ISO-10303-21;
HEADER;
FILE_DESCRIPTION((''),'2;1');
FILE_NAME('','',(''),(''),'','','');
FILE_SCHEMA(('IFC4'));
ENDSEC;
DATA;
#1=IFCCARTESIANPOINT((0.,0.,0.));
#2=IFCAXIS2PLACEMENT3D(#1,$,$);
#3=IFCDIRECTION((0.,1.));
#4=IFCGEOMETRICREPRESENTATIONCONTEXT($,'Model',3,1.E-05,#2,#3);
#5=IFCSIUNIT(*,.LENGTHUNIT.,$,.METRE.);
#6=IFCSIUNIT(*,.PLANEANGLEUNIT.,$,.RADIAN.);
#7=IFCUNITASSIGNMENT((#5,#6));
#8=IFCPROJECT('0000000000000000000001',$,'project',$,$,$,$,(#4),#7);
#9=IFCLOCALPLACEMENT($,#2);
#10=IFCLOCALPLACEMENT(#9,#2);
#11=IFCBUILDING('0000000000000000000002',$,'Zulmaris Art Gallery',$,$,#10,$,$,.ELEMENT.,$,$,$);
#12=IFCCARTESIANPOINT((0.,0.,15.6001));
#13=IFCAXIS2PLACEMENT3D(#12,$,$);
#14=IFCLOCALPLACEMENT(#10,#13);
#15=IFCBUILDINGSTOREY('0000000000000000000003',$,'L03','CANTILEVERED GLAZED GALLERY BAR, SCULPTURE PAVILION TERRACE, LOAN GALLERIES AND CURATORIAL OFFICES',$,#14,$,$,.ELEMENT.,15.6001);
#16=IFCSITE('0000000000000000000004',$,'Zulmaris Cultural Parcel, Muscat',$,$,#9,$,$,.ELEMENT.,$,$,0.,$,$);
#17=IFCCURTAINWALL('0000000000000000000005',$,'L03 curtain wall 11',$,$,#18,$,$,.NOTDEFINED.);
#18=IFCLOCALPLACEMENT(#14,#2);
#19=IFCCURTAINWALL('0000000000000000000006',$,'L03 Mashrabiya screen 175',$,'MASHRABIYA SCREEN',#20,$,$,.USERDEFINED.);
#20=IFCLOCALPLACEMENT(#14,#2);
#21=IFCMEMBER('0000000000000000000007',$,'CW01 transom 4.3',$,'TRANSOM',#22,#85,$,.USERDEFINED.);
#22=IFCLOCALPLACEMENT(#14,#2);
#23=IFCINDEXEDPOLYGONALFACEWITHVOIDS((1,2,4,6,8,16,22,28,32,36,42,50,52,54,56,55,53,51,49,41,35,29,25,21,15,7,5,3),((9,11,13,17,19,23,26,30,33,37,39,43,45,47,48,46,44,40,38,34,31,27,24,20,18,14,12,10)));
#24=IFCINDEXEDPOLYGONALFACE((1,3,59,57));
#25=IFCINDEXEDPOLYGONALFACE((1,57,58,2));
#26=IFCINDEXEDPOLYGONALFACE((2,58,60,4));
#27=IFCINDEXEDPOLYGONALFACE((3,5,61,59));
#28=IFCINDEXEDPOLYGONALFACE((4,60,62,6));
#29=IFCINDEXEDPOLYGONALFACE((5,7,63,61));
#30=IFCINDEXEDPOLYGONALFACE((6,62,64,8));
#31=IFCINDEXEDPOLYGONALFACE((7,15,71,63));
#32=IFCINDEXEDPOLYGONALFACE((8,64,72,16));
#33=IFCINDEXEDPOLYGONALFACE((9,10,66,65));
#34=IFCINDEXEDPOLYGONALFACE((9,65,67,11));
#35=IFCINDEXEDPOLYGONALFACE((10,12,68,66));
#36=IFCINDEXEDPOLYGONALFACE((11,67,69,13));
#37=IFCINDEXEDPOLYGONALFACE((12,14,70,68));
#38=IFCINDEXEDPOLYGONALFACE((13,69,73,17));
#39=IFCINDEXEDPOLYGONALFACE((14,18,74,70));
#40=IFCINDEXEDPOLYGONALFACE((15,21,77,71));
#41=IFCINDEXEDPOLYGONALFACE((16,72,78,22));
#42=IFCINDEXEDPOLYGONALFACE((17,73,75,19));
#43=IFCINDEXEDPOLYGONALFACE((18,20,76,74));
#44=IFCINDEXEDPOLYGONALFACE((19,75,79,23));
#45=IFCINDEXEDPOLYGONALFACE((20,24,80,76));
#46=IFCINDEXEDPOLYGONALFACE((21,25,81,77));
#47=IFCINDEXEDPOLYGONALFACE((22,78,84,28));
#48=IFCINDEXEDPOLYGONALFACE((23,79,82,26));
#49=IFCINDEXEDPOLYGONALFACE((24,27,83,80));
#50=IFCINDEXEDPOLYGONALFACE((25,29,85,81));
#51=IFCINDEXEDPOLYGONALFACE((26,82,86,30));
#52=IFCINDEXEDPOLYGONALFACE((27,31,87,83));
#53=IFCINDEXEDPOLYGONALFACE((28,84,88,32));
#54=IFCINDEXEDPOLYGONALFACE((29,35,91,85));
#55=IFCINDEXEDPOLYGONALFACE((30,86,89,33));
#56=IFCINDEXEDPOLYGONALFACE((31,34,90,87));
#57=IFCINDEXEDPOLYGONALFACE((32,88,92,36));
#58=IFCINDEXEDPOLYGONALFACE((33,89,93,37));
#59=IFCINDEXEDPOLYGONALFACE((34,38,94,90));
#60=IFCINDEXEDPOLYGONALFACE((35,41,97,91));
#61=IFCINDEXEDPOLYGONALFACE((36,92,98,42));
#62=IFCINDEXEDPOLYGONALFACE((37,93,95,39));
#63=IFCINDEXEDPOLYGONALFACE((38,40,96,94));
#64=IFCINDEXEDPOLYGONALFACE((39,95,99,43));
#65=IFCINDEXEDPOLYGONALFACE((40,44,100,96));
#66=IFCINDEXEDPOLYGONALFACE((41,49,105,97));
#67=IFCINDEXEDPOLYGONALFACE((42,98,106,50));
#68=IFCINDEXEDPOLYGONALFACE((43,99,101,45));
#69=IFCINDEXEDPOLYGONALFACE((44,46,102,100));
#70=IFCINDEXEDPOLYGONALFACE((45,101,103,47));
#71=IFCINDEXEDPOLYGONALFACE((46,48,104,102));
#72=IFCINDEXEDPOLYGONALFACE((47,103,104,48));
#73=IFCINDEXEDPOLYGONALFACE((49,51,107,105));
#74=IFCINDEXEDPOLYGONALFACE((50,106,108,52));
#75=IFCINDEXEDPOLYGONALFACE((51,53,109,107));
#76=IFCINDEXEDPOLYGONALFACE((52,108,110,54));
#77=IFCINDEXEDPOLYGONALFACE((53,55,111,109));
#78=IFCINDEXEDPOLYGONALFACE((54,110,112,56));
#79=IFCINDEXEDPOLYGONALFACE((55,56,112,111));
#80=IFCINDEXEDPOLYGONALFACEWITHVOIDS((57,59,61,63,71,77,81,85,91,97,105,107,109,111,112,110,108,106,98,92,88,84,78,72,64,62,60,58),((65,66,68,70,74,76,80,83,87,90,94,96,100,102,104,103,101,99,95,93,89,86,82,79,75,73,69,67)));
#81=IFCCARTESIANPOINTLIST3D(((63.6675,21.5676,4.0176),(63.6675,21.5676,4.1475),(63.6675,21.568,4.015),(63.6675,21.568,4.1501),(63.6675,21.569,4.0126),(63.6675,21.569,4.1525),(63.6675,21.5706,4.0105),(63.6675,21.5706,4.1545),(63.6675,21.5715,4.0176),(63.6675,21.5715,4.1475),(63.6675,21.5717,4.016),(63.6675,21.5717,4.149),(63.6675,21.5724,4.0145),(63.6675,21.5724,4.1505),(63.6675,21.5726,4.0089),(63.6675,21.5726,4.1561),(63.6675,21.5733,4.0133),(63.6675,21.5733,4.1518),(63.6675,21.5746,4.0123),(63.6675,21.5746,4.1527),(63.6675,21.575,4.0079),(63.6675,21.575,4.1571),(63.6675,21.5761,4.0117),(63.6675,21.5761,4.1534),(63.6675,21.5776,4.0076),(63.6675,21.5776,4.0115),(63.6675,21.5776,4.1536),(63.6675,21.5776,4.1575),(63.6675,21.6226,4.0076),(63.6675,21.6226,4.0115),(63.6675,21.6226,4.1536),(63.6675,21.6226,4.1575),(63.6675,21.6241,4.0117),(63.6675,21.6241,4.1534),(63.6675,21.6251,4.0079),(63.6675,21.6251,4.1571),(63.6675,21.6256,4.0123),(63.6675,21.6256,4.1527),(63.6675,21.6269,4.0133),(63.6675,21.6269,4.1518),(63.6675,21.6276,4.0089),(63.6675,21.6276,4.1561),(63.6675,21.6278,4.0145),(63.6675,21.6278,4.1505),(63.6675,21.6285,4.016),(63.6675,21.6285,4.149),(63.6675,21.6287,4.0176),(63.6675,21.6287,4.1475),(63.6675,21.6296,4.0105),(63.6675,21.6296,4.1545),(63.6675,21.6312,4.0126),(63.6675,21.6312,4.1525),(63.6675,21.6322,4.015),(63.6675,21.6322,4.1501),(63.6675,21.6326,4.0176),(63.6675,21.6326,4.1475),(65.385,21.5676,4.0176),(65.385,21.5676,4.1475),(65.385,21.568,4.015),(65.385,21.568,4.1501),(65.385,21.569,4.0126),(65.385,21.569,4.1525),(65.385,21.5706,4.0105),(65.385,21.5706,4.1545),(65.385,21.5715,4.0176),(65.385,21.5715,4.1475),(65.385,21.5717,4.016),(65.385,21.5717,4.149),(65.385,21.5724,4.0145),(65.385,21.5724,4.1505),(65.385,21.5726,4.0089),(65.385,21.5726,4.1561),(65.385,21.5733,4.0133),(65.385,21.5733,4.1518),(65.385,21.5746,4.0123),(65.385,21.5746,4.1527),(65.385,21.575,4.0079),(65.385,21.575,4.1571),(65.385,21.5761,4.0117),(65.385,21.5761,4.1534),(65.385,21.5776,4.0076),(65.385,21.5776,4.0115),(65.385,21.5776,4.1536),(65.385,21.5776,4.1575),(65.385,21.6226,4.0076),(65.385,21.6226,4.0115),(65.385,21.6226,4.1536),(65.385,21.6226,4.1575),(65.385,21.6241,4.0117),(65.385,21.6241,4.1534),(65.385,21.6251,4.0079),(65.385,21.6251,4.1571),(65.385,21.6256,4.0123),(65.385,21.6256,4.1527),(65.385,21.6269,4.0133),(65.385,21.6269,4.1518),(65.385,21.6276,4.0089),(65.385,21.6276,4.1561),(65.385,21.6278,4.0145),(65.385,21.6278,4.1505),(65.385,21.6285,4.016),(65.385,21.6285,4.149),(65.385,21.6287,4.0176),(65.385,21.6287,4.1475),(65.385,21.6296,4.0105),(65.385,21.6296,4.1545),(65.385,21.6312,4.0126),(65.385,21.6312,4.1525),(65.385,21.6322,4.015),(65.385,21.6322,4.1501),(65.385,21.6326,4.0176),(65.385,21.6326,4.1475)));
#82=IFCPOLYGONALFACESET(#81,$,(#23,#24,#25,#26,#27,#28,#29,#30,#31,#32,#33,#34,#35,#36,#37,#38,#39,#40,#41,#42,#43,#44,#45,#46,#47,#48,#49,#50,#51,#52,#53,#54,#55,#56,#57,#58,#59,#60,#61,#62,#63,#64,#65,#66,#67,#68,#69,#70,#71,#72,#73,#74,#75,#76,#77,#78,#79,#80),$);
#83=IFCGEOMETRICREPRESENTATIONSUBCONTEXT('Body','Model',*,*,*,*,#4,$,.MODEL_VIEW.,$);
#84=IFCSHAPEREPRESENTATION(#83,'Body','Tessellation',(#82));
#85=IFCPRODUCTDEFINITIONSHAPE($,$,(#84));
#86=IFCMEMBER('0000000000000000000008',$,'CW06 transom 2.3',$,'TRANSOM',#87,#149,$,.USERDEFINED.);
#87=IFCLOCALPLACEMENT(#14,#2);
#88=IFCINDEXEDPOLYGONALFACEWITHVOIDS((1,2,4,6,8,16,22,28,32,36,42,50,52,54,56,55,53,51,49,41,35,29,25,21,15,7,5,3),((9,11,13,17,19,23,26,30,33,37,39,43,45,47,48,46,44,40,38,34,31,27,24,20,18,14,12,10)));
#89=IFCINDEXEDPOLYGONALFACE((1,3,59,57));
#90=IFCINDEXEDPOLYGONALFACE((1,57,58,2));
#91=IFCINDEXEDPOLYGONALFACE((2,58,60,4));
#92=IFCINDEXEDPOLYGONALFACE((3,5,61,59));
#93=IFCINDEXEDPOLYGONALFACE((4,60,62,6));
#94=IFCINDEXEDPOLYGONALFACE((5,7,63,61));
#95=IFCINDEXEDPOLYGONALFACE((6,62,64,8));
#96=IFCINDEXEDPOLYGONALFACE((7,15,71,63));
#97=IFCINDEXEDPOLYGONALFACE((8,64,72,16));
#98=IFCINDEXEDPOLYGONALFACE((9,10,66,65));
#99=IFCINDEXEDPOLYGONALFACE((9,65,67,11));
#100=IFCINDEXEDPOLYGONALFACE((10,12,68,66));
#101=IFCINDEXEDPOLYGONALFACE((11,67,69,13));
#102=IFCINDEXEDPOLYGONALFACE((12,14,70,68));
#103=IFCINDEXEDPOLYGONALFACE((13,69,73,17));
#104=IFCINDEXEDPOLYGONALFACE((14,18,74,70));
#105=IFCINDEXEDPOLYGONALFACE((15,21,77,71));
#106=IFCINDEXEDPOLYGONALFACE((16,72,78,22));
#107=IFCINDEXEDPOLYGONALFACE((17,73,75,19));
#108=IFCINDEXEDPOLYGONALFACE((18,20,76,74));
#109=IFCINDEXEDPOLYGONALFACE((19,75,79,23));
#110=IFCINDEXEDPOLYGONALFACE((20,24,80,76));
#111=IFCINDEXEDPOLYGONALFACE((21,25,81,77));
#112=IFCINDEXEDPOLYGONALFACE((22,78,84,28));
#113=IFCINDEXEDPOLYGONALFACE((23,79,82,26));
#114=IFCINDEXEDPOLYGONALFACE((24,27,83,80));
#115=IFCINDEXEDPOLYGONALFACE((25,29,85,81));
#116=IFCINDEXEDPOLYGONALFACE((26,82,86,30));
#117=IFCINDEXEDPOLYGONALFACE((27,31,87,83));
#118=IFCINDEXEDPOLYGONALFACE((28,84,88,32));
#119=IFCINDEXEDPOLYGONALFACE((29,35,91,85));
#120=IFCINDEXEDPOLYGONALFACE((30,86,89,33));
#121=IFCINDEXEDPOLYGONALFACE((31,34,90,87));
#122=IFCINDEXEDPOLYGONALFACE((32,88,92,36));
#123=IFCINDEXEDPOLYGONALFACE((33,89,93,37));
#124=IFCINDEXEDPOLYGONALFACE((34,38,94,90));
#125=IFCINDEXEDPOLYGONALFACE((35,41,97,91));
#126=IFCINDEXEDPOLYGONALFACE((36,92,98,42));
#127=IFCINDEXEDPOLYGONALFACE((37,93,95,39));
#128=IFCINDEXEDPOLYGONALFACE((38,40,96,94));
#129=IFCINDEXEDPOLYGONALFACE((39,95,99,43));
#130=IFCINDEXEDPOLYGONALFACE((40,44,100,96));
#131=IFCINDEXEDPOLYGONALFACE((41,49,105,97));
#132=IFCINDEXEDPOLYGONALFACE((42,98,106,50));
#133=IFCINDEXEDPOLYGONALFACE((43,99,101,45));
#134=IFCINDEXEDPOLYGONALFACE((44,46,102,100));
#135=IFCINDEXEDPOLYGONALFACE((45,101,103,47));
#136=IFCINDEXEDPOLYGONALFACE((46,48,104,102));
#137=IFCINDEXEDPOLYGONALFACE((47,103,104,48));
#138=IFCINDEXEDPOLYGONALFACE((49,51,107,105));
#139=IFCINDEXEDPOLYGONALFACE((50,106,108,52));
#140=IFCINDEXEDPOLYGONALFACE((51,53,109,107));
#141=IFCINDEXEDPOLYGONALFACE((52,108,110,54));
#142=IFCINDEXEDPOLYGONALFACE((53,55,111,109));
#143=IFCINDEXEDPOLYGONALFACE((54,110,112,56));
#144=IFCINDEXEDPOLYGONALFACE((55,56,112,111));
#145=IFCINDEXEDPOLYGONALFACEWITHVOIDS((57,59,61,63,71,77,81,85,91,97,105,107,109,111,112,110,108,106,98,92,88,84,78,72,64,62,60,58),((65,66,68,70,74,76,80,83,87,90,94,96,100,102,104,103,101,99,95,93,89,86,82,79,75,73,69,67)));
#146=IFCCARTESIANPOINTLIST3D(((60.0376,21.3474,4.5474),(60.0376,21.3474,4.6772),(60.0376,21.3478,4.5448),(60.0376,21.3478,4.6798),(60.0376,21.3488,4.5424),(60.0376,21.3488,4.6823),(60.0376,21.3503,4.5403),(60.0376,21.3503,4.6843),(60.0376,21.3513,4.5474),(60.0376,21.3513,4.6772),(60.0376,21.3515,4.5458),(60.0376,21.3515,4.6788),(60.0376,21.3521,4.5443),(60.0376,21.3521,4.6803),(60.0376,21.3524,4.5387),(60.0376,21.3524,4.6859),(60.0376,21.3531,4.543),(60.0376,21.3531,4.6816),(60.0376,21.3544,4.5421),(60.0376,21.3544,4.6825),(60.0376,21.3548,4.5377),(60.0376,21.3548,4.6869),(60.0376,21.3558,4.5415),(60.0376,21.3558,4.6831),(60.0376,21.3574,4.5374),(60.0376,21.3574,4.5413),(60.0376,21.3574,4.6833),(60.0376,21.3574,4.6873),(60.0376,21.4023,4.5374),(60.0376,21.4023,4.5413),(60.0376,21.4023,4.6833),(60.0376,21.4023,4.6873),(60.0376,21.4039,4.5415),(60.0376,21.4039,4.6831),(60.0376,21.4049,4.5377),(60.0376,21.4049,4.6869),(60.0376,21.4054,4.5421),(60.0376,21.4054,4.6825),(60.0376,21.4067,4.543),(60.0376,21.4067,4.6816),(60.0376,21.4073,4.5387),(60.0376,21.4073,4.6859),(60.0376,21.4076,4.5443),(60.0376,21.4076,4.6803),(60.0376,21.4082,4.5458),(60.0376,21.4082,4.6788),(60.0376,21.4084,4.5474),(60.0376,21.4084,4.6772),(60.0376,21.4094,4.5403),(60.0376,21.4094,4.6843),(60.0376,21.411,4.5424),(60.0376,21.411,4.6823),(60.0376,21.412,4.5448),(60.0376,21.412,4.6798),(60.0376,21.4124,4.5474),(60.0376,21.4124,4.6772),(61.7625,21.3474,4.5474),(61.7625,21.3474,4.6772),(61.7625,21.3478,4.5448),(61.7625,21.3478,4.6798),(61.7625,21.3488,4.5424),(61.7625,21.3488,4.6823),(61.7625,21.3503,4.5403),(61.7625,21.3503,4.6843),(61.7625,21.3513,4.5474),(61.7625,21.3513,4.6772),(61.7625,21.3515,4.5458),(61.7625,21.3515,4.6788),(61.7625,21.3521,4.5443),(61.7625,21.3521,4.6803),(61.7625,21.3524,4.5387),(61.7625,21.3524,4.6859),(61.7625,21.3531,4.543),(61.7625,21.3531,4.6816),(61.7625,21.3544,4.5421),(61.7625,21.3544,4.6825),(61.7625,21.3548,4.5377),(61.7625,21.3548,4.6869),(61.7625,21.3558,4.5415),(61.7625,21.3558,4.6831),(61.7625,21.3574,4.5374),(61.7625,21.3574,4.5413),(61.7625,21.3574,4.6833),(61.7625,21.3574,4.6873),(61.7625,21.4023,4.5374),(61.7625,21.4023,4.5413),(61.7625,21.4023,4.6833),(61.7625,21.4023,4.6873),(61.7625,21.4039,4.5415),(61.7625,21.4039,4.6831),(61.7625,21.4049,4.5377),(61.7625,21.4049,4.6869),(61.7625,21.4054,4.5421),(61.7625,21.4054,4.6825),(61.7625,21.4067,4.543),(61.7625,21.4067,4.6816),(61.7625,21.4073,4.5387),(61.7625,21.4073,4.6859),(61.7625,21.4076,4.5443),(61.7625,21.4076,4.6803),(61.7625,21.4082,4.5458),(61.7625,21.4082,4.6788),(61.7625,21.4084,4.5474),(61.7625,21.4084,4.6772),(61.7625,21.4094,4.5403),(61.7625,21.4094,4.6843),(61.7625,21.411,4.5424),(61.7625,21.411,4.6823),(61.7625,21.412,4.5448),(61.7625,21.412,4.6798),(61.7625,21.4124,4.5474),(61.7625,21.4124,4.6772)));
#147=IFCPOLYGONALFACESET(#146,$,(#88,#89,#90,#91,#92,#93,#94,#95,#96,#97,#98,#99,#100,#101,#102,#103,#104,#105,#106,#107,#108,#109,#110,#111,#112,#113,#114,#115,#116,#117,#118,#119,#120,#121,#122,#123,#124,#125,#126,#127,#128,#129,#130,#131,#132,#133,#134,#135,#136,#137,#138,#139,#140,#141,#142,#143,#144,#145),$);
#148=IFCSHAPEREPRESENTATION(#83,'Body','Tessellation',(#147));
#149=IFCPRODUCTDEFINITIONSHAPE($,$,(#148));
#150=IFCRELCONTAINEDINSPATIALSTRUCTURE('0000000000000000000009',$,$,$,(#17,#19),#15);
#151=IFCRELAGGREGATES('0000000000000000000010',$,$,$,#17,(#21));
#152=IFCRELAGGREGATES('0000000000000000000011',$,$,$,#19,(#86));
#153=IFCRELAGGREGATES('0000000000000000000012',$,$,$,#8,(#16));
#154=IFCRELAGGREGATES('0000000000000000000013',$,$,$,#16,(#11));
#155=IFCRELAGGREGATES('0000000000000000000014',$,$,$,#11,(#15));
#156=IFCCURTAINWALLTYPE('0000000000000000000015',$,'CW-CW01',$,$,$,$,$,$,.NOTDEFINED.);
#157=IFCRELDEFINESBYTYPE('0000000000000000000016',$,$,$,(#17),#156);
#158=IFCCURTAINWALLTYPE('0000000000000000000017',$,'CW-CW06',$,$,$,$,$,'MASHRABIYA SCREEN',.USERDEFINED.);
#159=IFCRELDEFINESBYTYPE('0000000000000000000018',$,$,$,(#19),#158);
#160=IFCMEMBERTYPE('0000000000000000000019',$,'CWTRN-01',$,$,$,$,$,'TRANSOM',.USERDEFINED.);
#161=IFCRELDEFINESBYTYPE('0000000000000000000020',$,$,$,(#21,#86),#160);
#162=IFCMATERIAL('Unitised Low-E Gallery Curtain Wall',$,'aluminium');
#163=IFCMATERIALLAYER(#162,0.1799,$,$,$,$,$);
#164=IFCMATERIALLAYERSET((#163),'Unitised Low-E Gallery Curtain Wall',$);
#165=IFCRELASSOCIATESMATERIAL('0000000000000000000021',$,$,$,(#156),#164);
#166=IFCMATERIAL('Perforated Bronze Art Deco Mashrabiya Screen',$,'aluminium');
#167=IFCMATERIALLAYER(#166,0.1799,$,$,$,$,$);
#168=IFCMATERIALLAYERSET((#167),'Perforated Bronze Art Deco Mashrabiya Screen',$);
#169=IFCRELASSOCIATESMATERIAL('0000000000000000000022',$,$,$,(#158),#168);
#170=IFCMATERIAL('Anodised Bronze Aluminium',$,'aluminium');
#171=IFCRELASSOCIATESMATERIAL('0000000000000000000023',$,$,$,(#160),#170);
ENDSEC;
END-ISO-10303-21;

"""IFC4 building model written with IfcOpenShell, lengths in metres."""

from ifc_helpers import new_model, si_unit, direction, frame, origin, origin_2d, place, context, subcontext, project, spatial, hollow_rectangle, extrude, material, layer, layer_set, material_profile, profile_set, type_object, element, aggregate, save


model = new_model("IFC4")

# Units and contexts
model_context = context("Model", 3, precision=1e-05, world=origin(), true_north=direction((0.0, 1.0)))
body_context = subcontext(model_context, "Body", "Model", "MODEL_VIEW")
ifc_project = project(units=[si_unit("LENGTHUNIT", "METRE"), si_unit("PLANEANGLEUNIT", "RADIAN")], contexts=[model_context])

# Site, building, storey
site_placement = place(None, origin())
site = spatial("IfcSite", under=ifc_project, at=site_placement, Name="Zulmaris Cultural Parcel, Muscat", CompositionType="ELEMENT", RefElevation=0.0)
building_placement = place(site_placement, origin())
building = spatial("IfcBuilding", under=site, at=building_placement, Name="Zulmaris Art Gallery", CompositionType="ELEMENT")
storey_placement = place(building_placement, frame((0.0, 0.0, 15.6001)))
storey = spatial("IfcBuildingStorey", under=building, at=storey_placement, Name="L03", Description="CANTILEVERED GLAZED GALLERY BAR, SCULPTURE PAVILION TERRACE, LOAN GALLERIES AND CURATORIAL OFFICES", CompositionType="ELEMENT", Elevation=15.6001)

# Curtain walls
ifc_material_1 = material(Name="Unitised Low-E Gallery Curtain Wall", Category="aluminium")
ifc_layer_1 = layer(ifc_material_1, 0.1799)
ifc_layer_set_1 = layer_set([ifc_layer_1], Name="Unitised Low-E Gallery Curtain Wall")
curtain_wall_type_1 = type_object("IfcCurtainWallType", Name="CW-CW01", PredefinedType="NOTDEFINED", material=ifc_layer_set_1)
curtain_wall_1_placement = place(storey_placement, origin())
curtain_wall_1 = element("IfcCurtainWall", 1, at=curtain_wall_1_placement, inside=storey, type_object=curtain_wall_type_1, Name="L03 curtain wall 11", PredefinedType="NOTDEFINED")
ifc_material_2 = material(Name="Anodised Bronze Aluminium", Category="aluminium")
ifc_material_3 = material(Name="Perforated Bronze Art Deco Mashrabiya Screen", Category="aluminium")
ifc_layer_2 = layer(ifc_material_3, 0.1799)
ifc_layer_set_2 = layer_set([ifc_layer_2], Name="Perforated Bronze Art Deco Mashrabiya Screen")
curtain_wall_type_2 = type_object("IfcCurtainWallType", Name="CW-CW06", ElementType="MASHRABIYA SCREEN", PredefinedType="USERDEFINED", material=ifc_layer_set_2)
curtain_wall_2_placement = place(storey_placement, origin())
curtain_wall_2 = element("IfcCurtainWall", 2, at=curtain_wall_2_placement, inside=storey, type_object=curtain_wall_type_2, Name="L03 Mashrabiya screen 175", ObjectType="MASHRABIYA SCREEN", PredefinedType="USERDEFINED")

# Members
ifc_material_profile_1 = material_profile(ifc_material_2, hollow_rectangle(XDim=0.0649, YDim=0.1499, WallThickness=0.0039, InnerFilletRadius=0.0061, OuterFilletRadius=0.01, at=origin_2d()), Name="ALU 65x150x4")
ifc_profile_set_1 = profile_set([ifc_material_profile_1], Name="Anodised Bronze Aluminium")
member_type_1 = type_object("IfcMemberType", Name="CWTRN-01", ElementType="TRANSOM", PredefinedType="USERDEFINED", material=ifc_profile_set_1)
member_1_placement = place(storey_placement, frame((63.6675, 21.6001, 4.0825), z_axis=(1.0, 0.0, 0.0), x_axis=(0.0, 1.0, 0.0)))
member_1 = element("IfcMember", 3, at=member_1_placement, type_object=member_type_1, Name="CW01 transom 4.3", ObjectType="TRANSOM", PredefinedType="USERDEFINED", context=body_context, shape_type="SweptSolid", body=[
    extrude(hollow_rectangle(XDim=0.0649, YDim=0.1499, WallThickness=0.0039, InnerFilletRadius=0.0061, OuterFilletRadius=0.01, at=origin_2d()), origin(), (0.0, 0.0, 1.0), 1.7175),
])
member_2_placement = place(storey_placement, frame((60.0376, 21.3799, 4.6123), z_axis=(1.0, 0.0, 0.0), x_axis=(0.0, 1.0, 0.0)))
member_2 = element("IfcMember", 4, at=member_2_placement, type_object=member_type_1, Name="CW06 transom 2.3", ObjectType="TRANSOM", PredefinedType="USERDEFINED", context=body_context, shape_type="SweptSolid", body=[
    extrude(hollow_rectangle(XDim=0.0649, YDim=0.1499, WallThickness=0.0039, InnerFilletRadius=0.0061, OuterFilletRadius=0.01, at=origin_2d()), origin(), (0.0, 0.0, 1.0), 1.7249),
])

aggregate(curtain_wall_1, [member_1])
aggregate(curtain_wall_2, [member_2])

save(model, "model.ifc")
